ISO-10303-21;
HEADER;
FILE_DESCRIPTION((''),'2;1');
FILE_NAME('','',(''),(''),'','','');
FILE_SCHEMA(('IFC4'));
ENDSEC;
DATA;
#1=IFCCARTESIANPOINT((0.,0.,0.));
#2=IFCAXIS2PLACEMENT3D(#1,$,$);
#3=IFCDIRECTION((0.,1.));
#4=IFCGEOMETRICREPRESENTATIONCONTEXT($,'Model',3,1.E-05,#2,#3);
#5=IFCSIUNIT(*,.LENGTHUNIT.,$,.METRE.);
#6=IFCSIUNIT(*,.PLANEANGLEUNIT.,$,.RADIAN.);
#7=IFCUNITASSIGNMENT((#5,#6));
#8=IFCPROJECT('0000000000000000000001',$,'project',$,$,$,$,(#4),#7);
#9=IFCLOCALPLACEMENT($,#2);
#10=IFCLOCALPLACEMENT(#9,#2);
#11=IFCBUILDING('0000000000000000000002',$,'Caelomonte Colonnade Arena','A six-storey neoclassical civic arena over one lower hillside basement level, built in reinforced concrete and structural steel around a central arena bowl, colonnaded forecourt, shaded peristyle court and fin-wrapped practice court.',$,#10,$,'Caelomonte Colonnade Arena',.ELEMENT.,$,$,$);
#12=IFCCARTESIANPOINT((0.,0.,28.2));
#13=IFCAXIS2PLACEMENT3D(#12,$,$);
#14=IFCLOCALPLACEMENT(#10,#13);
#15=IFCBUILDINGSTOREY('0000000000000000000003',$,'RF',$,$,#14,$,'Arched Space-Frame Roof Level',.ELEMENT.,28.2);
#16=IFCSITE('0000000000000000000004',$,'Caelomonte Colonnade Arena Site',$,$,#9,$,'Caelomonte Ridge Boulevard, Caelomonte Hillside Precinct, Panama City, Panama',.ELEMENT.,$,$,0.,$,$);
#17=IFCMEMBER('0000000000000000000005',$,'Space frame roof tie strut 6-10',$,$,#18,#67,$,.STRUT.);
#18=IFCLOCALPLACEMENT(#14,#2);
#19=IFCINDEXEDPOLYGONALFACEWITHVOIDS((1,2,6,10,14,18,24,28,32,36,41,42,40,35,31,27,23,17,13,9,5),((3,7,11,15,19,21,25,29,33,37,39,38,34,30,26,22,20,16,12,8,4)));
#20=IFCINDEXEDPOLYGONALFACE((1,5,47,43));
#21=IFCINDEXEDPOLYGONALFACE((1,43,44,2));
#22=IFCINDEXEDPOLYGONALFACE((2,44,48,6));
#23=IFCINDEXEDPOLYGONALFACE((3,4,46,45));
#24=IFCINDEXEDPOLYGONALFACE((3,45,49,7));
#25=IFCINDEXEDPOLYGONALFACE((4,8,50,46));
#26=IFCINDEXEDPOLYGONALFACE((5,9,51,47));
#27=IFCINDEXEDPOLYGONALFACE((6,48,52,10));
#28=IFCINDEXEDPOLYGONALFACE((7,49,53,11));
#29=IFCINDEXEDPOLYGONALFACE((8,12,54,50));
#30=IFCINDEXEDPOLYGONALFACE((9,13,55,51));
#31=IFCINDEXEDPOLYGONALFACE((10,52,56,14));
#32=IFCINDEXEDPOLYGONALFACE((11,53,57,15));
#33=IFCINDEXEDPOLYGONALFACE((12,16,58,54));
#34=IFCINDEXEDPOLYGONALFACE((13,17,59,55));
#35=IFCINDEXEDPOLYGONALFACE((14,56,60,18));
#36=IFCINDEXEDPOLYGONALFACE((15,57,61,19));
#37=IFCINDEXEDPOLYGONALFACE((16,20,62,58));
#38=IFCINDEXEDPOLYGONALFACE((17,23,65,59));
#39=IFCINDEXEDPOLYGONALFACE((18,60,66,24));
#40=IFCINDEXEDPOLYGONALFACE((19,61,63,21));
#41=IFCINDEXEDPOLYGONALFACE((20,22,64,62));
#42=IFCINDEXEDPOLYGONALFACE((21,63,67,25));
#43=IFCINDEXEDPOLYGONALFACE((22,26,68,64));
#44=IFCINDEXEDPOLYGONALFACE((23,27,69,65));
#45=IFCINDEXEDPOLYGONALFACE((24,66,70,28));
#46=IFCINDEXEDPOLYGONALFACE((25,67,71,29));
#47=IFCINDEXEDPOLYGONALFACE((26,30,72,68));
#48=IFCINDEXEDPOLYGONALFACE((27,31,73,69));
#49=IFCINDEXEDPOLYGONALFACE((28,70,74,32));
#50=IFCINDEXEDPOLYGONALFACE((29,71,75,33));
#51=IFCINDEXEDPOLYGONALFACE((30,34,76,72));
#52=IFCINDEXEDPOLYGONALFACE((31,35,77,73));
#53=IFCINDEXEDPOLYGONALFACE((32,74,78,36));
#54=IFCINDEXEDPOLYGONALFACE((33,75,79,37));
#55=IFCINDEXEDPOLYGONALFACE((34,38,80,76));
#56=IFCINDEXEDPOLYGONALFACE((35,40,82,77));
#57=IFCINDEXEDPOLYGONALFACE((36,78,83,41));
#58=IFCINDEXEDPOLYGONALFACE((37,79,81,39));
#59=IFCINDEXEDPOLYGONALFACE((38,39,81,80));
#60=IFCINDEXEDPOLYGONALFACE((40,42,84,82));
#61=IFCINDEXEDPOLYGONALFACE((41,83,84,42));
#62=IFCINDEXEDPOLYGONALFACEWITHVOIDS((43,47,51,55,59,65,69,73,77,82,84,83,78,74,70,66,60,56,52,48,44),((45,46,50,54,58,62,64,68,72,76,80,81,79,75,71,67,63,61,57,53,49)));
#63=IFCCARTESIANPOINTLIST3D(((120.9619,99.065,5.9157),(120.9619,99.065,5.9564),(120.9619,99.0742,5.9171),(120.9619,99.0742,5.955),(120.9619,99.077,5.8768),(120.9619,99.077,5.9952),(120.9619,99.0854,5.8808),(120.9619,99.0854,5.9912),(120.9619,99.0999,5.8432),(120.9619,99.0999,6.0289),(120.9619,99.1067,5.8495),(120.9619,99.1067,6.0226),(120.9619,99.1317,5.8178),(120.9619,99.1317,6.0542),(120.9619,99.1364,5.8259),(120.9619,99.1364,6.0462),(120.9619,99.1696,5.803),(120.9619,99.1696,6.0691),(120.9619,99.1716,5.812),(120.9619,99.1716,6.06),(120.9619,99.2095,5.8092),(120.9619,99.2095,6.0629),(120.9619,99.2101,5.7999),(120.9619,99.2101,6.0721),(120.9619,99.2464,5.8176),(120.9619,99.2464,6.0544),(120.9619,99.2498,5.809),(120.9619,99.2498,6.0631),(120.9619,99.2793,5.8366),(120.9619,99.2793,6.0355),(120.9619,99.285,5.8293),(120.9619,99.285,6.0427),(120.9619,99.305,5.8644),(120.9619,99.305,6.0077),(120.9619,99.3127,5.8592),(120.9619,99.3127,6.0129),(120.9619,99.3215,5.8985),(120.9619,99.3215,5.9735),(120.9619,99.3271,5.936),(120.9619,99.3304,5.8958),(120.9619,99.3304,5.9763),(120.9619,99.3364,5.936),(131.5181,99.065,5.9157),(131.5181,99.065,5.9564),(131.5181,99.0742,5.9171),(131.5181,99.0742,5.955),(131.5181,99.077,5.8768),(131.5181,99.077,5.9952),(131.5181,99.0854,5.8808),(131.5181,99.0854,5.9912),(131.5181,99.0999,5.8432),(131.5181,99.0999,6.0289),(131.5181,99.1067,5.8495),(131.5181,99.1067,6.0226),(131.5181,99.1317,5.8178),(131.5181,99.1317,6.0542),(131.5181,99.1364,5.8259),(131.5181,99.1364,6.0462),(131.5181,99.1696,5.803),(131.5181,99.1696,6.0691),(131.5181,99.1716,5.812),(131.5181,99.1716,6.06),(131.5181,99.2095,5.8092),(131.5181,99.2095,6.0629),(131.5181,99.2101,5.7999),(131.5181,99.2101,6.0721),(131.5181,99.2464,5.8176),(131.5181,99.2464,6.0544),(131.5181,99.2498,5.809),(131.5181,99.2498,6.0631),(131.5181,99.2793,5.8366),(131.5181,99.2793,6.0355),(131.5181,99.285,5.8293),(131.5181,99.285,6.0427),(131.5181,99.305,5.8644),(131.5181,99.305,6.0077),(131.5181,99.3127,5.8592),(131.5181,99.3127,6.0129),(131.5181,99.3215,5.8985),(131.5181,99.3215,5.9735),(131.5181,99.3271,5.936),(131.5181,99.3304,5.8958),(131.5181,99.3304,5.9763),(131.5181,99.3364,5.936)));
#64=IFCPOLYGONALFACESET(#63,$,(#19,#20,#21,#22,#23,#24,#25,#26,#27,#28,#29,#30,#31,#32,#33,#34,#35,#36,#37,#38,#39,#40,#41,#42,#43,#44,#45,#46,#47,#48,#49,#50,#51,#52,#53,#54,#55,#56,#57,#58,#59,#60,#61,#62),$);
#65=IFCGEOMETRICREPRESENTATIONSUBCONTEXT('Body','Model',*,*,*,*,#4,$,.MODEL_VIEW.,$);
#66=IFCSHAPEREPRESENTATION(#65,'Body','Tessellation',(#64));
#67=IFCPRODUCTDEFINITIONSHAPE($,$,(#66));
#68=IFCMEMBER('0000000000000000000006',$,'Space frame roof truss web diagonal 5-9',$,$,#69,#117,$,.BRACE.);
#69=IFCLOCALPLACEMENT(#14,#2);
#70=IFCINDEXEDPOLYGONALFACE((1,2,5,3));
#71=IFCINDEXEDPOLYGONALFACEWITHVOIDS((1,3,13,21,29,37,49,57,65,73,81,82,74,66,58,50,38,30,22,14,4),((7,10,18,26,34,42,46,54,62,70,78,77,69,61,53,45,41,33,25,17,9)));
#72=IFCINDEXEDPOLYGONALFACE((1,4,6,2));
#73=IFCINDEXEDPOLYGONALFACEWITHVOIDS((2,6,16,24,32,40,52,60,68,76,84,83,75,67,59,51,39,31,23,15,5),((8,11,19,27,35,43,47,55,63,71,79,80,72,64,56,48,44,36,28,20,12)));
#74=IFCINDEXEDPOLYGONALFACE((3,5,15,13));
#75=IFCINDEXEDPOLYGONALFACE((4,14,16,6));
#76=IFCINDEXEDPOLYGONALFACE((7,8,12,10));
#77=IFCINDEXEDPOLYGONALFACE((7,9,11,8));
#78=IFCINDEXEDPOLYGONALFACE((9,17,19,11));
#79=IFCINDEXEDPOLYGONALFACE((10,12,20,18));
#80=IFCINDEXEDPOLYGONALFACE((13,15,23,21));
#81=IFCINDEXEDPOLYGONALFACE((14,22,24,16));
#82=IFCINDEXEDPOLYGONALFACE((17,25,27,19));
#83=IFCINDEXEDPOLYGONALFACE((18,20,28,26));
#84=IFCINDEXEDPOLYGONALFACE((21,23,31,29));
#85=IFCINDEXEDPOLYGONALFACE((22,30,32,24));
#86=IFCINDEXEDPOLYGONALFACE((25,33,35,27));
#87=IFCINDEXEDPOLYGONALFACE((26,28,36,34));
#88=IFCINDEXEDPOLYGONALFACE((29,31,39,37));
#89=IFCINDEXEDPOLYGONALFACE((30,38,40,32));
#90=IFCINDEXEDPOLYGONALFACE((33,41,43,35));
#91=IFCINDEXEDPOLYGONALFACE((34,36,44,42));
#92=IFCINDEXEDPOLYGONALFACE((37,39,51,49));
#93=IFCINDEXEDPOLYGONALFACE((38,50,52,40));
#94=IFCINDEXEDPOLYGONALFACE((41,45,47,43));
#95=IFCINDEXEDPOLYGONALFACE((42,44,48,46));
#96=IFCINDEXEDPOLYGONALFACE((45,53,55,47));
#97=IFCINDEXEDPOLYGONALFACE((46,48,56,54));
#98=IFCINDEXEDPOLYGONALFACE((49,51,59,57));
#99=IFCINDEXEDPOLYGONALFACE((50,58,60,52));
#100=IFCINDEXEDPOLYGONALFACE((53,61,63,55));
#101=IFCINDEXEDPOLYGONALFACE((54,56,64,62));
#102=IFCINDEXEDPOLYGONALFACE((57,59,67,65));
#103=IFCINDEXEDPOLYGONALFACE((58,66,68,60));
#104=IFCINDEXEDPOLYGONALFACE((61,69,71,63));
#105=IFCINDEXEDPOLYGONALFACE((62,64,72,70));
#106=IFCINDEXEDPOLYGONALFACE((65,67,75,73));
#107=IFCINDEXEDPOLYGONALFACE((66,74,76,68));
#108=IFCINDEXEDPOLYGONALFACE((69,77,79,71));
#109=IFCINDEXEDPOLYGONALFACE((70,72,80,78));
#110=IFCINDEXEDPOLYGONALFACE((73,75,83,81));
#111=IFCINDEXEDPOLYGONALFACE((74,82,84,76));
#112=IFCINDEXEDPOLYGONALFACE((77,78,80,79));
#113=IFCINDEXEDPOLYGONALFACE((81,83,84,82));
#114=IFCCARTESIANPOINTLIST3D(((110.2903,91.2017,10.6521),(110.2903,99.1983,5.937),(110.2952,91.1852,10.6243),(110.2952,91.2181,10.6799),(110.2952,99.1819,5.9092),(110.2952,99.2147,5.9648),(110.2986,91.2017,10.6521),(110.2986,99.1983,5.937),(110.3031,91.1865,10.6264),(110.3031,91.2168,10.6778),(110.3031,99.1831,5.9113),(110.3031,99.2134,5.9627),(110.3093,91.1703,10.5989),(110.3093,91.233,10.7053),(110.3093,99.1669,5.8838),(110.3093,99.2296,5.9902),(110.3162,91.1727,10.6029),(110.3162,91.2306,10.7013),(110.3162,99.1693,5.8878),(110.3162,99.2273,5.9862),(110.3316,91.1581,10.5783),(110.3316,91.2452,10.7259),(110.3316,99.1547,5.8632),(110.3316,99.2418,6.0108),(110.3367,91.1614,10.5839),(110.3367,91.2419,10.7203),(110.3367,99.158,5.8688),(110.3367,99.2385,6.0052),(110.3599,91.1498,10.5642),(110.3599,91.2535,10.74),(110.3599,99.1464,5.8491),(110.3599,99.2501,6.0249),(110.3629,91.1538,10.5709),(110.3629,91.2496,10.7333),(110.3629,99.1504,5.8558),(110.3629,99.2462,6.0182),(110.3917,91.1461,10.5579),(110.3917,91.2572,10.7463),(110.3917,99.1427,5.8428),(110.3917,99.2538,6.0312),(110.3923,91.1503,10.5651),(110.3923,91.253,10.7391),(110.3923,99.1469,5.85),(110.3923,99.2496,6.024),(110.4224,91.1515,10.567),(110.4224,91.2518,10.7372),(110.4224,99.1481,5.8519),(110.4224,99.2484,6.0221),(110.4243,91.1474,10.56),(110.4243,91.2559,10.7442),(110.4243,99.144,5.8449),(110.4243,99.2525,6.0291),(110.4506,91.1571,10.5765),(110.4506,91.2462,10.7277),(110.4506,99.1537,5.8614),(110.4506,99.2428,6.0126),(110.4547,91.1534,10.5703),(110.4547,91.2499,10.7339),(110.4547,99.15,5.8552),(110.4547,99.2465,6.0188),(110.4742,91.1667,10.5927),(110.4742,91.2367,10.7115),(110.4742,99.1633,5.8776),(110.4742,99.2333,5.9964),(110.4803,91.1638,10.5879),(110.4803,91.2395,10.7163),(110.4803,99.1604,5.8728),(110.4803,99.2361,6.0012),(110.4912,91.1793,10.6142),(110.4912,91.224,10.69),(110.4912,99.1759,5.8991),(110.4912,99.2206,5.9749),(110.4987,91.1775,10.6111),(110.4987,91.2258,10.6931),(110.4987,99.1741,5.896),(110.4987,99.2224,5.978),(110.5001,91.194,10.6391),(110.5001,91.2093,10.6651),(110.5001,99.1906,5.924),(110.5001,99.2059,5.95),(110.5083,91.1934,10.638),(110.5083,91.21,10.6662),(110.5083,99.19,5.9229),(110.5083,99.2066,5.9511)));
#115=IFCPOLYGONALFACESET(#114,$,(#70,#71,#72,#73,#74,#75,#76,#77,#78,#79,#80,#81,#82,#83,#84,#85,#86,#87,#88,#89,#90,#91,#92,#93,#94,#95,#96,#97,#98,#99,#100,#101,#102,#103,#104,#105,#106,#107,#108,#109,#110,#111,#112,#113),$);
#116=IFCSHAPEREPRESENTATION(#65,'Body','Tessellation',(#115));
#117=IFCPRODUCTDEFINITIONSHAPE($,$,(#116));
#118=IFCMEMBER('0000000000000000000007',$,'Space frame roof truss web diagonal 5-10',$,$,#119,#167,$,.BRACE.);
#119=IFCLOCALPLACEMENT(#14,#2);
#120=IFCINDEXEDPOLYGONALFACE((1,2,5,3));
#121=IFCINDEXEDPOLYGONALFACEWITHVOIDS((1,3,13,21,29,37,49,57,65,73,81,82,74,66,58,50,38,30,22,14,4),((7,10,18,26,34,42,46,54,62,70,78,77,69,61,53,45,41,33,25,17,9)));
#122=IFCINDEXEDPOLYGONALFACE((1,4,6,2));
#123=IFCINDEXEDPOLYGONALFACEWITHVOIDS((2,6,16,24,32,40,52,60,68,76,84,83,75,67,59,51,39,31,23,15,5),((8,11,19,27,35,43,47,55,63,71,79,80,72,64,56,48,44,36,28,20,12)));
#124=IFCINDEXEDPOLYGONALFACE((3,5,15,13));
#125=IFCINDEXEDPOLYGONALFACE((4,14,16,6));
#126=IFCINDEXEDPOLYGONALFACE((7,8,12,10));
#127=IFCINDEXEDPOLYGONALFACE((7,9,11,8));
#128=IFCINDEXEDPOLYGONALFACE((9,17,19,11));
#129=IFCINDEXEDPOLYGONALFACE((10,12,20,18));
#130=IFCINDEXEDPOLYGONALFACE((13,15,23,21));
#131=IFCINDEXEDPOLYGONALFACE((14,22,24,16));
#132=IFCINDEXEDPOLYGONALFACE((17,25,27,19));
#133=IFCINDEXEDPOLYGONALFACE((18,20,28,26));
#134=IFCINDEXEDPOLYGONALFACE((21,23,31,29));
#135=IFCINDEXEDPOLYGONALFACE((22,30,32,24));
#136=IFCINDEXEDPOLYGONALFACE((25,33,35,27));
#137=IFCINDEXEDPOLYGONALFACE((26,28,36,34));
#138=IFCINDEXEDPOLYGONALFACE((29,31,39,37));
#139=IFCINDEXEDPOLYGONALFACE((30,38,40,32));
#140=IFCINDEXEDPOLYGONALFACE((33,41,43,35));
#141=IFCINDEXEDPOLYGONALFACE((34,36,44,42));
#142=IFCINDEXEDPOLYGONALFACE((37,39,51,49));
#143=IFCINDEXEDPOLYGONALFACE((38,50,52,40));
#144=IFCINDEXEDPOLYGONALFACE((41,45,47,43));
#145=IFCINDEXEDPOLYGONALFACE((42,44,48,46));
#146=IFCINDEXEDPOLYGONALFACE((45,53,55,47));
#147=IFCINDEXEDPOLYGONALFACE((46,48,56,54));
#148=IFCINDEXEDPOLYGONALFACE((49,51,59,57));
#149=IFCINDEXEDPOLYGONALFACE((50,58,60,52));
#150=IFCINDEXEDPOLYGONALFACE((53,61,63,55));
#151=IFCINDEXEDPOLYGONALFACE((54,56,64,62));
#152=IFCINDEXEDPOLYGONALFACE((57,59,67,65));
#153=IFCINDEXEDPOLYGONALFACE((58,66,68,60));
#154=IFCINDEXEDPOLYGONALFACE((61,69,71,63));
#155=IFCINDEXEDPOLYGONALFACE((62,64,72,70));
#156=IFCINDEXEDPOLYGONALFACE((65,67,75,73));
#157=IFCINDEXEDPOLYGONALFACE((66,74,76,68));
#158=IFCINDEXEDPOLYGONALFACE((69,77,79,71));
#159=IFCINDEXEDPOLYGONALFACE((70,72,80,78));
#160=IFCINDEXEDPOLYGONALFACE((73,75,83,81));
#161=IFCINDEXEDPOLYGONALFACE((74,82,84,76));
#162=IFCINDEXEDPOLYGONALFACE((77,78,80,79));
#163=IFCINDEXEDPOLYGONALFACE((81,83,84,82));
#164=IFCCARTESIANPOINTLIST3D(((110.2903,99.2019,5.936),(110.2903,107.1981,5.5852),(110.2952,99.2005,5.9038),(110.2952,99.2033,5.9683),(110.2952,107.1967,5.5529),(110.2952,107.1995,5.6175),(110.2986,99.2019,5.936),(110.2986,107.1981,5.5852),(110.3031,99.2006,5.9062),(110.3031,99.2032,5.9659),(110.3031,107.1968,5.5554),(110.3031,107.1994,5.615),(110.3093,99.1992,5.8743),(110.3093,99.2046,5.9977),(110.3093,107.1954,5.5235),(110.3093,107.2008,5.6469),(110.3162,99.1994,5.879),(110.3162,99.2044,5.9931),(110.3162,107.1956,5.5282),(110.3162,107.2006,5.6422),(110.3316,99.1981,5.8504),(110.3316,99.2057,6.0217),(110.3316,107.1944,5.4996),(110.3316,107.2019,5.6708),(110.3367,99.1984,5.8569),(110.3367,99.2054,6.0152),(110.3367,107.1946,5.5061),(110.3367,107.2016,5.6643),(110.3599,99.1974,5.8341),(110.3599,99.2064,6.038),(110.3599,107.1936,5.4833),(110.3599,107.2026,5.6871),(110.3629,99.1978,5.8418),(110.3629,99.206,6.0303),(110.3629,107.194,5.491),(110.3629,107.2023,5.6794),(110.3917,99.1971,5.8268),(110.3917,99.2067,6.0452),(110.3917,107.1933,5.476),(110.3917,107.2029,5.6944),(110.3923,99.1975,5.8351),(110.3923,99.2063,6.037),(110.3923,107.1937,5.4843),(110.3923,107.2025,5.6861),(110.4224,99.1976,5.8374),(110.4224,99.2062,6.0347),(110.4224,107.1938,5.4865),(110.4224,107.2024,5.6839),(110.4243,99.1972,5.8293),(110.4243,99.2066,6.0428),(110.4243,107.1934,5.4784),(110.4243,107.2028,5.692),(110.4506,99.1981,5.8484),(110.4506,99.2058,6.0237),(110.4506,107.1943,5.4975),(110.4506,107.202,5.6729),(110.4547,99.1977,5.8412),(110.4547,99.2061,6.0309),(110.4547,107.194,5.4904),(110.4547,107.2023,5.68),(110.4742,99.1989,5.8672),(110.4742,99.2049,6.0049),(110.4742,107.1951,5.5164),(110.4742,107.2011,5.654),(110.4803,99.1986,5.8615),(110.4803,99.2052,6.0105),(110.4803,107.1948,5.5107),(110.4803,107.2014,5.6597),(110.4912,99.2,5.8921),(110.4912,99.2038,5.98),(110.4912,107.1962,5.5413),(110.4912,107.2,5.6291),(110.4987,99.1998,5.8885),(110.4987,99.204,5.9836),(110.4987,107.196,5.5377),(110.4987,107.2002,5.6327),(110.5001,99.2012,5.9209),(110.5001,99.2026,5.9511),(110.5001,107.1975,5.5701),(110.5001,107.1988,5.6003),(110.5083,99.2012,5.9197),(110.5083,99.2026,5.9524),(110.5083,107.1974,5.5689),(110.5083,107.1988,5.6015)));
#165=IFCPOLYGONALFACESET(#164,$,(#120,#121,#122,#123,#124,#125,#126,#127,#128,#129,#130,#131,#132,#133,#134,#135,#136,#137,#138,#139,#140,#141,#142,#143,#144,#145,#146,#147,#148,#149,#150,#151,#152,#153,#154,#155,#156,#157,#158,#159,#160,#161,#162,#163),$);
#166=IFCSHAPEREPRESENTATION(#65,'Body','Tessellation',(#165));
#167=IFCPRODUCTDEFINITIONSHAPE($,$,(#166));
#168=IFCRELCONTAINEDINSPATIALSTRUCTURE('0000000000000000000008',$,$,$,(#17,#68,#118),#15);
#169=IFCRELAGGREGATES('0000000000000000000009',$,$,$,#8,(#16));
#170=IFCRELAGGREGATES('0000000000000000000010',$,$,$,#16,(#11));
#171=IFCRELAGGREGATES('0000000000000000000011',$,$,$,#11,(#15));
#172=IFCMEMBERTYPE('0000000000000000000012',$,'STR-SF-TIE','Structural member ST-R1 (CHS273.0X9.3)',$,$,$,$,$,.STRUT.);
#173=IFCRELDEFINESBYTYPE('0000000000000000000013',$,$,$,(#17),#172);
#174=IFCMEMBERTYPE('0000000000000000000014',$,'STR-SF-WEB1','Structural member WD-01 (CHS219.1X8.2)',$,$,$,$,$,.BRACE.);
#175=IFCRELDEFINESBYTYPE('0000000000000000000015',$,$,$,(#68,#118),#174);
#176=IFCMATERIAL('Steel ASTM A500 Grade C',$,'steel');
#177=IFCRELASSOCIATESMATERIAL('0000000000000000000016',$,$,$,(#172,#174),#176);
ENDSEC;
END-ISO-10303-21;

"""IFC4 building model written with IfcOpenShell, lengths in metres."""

from ifc_helpers import new_model, si_unit, direction, frame, origin, origin_2d, place, context, subcontext, project, spatial, hollow_circle, extrude, material, material_profile, profile_set, type_object, element, save


model = new_model("IFC4")

# Units and contexts
model_context = context("Model", 3, precision=1e-05, world=origin(), true_north=direction((0.0, 1.0)))
body_context = subcontext(model_context, "Body", "Model", "MODEL_VIEW")
ifc_project = project(units=[si_unit("LENGTHUNIT", "METRE"), si_unit("PLANEANGLEUNIT", "RADIAN")], contexts=[model_context])

# Site, building, storey
site_placement = place(None, origin())
site = spatial("IfcSite", under=ifc_project, at=site_placement, Name="Caelomonte Colonnade Arena Site", LongName="Caelomonte Ridge Boulevard, Caelomonte Hillside Precinct, Panama City, Panama", CompositionType="ELEMENT", RefElevation=0.0)
building_placement = place(site_placement, origin())
building = spatial("IfcBuilding", under=site, at=building_placement, Name="Caelomonte Colonnade Arena", Description="A six-storey neoclassical civic arena over one lower hillside basement level, built in reinforced concrete and structural steel around a central arena bowl, colonnaded forecourt, shaded peristyle court and fin-wrapped practice court.", LongName="Caelomonte Colonnade Arena", CompositionType="ELEMENT")
storey_placement = place(building_placement, frame((0.0, 0.0, 28.2)))
storey = spatial("IfcBuildingStorey", under=building, at=storey_placement, Name="RF", LongName="Arched Space-Frame Roof Level", CompositionType="ELEMENT", Elevation=28.2)

# Members
ifc_material_1 = material(Name="Steel ASTM A500 Grade C", Category="steel")
ifc_material_profile_1 = material_profile(ifc_material_1, hollow_circle(Radius=0.1365, WallThickness=0.0093, at=origin_2d()), Name="CHS273.0X9.3")
ifc_profile_set_1 = profile_set([ifc_material_profile_1], Name="Steel ASTM A500 Grade C")
member_type_1 = type_object("IfcMemberType", Name="STR-SF-TIE", Description="Structural member ST-R1 (CHS273.0X9.3)", PredefinedType="STRUT", material=ifc_profile_set_1)
for number, where, z_axis, x_axis, name in (
    (1, (120.9619, 99.2, 5.936), (1.0, 0.0, 0.0), (0.0, 1.0, 0.0), "Space frame roof tie strut 6-10"),
):
    element("IfcMember", number, at=place(storey_placement, frame(where, z_axis=z_axis, x_axis=x_axis)), inside=storey, type_object=member_type_1, Name=name, PredefinedType="STRUT", context=body_context, shape_type="SweptSolid", body=[
        extrude(hollow_circle(Radius=0.1365, WallThickness=0.0093, at=origin_2d()), origin(), (0.0, 0.0, 1.0), 10.5562),
    ])
ifc_material_profile_2 = material_profile(ifc_material_1, hollow_circle(Radius=0.1096, WallThickness=0.0083, at=origin_2d()), Name="CHS219.1X8.2")
ifc_profile_set_2 = profile_set([ifc_material_profile_2], Name="Steel ASTM A500 Grade C")
member_type_2 = type_object("IfcMemberType", Name="STR-SF-WEB1", Description="Structural member WD-01 (CHS219.1X8.2)", PredefinedType="BRACE", material=ifc_profile_set_2)
member_1_placement = place(storey_placement, frame((110.3999, 91.2017, 10.6521), z_axis=(0.0, 0.861406, -0.507917), x_axis=(-1.0, 0.0, 0.0)))
element("IfcMember", 2, at=member_1_placement, inside=storey, type_object=member_type_2, Name="Space frame roof truss web diagonal 5-9", PredefinedType="BRACE", context=body_context, shape_type="SweptSolid", body=[
    extrude(hollow_circle(Radius=0.1096, WallThickness=0.0083, at=origin_2d()), origin(), (0.0, 0.0, 1.0), 9.2832),
])
member_2_placement = place(storey_placement, frame((110.3999, 99.2019, 5.936), z_axis=(0.0, 0.999039, -0.043833), x_axis=(-1.0, 0.0, 0.0)))
element("IfcMember", 3, at=member_2_placement, inside=storey, type_object=member_type_2, Name="Space frame roof truss web diagonal 5-10", PredefinedType="BRACE", context=body_context, shape_type="SweptSolid", body=[
    extrude(hollow_circle(Radius=0.1096, WallThickness=0.0083, at=origin_2d()), origin(), (0.0, 0.0, 1.0), 8.0039),
])

save(model, "model.ifc")
